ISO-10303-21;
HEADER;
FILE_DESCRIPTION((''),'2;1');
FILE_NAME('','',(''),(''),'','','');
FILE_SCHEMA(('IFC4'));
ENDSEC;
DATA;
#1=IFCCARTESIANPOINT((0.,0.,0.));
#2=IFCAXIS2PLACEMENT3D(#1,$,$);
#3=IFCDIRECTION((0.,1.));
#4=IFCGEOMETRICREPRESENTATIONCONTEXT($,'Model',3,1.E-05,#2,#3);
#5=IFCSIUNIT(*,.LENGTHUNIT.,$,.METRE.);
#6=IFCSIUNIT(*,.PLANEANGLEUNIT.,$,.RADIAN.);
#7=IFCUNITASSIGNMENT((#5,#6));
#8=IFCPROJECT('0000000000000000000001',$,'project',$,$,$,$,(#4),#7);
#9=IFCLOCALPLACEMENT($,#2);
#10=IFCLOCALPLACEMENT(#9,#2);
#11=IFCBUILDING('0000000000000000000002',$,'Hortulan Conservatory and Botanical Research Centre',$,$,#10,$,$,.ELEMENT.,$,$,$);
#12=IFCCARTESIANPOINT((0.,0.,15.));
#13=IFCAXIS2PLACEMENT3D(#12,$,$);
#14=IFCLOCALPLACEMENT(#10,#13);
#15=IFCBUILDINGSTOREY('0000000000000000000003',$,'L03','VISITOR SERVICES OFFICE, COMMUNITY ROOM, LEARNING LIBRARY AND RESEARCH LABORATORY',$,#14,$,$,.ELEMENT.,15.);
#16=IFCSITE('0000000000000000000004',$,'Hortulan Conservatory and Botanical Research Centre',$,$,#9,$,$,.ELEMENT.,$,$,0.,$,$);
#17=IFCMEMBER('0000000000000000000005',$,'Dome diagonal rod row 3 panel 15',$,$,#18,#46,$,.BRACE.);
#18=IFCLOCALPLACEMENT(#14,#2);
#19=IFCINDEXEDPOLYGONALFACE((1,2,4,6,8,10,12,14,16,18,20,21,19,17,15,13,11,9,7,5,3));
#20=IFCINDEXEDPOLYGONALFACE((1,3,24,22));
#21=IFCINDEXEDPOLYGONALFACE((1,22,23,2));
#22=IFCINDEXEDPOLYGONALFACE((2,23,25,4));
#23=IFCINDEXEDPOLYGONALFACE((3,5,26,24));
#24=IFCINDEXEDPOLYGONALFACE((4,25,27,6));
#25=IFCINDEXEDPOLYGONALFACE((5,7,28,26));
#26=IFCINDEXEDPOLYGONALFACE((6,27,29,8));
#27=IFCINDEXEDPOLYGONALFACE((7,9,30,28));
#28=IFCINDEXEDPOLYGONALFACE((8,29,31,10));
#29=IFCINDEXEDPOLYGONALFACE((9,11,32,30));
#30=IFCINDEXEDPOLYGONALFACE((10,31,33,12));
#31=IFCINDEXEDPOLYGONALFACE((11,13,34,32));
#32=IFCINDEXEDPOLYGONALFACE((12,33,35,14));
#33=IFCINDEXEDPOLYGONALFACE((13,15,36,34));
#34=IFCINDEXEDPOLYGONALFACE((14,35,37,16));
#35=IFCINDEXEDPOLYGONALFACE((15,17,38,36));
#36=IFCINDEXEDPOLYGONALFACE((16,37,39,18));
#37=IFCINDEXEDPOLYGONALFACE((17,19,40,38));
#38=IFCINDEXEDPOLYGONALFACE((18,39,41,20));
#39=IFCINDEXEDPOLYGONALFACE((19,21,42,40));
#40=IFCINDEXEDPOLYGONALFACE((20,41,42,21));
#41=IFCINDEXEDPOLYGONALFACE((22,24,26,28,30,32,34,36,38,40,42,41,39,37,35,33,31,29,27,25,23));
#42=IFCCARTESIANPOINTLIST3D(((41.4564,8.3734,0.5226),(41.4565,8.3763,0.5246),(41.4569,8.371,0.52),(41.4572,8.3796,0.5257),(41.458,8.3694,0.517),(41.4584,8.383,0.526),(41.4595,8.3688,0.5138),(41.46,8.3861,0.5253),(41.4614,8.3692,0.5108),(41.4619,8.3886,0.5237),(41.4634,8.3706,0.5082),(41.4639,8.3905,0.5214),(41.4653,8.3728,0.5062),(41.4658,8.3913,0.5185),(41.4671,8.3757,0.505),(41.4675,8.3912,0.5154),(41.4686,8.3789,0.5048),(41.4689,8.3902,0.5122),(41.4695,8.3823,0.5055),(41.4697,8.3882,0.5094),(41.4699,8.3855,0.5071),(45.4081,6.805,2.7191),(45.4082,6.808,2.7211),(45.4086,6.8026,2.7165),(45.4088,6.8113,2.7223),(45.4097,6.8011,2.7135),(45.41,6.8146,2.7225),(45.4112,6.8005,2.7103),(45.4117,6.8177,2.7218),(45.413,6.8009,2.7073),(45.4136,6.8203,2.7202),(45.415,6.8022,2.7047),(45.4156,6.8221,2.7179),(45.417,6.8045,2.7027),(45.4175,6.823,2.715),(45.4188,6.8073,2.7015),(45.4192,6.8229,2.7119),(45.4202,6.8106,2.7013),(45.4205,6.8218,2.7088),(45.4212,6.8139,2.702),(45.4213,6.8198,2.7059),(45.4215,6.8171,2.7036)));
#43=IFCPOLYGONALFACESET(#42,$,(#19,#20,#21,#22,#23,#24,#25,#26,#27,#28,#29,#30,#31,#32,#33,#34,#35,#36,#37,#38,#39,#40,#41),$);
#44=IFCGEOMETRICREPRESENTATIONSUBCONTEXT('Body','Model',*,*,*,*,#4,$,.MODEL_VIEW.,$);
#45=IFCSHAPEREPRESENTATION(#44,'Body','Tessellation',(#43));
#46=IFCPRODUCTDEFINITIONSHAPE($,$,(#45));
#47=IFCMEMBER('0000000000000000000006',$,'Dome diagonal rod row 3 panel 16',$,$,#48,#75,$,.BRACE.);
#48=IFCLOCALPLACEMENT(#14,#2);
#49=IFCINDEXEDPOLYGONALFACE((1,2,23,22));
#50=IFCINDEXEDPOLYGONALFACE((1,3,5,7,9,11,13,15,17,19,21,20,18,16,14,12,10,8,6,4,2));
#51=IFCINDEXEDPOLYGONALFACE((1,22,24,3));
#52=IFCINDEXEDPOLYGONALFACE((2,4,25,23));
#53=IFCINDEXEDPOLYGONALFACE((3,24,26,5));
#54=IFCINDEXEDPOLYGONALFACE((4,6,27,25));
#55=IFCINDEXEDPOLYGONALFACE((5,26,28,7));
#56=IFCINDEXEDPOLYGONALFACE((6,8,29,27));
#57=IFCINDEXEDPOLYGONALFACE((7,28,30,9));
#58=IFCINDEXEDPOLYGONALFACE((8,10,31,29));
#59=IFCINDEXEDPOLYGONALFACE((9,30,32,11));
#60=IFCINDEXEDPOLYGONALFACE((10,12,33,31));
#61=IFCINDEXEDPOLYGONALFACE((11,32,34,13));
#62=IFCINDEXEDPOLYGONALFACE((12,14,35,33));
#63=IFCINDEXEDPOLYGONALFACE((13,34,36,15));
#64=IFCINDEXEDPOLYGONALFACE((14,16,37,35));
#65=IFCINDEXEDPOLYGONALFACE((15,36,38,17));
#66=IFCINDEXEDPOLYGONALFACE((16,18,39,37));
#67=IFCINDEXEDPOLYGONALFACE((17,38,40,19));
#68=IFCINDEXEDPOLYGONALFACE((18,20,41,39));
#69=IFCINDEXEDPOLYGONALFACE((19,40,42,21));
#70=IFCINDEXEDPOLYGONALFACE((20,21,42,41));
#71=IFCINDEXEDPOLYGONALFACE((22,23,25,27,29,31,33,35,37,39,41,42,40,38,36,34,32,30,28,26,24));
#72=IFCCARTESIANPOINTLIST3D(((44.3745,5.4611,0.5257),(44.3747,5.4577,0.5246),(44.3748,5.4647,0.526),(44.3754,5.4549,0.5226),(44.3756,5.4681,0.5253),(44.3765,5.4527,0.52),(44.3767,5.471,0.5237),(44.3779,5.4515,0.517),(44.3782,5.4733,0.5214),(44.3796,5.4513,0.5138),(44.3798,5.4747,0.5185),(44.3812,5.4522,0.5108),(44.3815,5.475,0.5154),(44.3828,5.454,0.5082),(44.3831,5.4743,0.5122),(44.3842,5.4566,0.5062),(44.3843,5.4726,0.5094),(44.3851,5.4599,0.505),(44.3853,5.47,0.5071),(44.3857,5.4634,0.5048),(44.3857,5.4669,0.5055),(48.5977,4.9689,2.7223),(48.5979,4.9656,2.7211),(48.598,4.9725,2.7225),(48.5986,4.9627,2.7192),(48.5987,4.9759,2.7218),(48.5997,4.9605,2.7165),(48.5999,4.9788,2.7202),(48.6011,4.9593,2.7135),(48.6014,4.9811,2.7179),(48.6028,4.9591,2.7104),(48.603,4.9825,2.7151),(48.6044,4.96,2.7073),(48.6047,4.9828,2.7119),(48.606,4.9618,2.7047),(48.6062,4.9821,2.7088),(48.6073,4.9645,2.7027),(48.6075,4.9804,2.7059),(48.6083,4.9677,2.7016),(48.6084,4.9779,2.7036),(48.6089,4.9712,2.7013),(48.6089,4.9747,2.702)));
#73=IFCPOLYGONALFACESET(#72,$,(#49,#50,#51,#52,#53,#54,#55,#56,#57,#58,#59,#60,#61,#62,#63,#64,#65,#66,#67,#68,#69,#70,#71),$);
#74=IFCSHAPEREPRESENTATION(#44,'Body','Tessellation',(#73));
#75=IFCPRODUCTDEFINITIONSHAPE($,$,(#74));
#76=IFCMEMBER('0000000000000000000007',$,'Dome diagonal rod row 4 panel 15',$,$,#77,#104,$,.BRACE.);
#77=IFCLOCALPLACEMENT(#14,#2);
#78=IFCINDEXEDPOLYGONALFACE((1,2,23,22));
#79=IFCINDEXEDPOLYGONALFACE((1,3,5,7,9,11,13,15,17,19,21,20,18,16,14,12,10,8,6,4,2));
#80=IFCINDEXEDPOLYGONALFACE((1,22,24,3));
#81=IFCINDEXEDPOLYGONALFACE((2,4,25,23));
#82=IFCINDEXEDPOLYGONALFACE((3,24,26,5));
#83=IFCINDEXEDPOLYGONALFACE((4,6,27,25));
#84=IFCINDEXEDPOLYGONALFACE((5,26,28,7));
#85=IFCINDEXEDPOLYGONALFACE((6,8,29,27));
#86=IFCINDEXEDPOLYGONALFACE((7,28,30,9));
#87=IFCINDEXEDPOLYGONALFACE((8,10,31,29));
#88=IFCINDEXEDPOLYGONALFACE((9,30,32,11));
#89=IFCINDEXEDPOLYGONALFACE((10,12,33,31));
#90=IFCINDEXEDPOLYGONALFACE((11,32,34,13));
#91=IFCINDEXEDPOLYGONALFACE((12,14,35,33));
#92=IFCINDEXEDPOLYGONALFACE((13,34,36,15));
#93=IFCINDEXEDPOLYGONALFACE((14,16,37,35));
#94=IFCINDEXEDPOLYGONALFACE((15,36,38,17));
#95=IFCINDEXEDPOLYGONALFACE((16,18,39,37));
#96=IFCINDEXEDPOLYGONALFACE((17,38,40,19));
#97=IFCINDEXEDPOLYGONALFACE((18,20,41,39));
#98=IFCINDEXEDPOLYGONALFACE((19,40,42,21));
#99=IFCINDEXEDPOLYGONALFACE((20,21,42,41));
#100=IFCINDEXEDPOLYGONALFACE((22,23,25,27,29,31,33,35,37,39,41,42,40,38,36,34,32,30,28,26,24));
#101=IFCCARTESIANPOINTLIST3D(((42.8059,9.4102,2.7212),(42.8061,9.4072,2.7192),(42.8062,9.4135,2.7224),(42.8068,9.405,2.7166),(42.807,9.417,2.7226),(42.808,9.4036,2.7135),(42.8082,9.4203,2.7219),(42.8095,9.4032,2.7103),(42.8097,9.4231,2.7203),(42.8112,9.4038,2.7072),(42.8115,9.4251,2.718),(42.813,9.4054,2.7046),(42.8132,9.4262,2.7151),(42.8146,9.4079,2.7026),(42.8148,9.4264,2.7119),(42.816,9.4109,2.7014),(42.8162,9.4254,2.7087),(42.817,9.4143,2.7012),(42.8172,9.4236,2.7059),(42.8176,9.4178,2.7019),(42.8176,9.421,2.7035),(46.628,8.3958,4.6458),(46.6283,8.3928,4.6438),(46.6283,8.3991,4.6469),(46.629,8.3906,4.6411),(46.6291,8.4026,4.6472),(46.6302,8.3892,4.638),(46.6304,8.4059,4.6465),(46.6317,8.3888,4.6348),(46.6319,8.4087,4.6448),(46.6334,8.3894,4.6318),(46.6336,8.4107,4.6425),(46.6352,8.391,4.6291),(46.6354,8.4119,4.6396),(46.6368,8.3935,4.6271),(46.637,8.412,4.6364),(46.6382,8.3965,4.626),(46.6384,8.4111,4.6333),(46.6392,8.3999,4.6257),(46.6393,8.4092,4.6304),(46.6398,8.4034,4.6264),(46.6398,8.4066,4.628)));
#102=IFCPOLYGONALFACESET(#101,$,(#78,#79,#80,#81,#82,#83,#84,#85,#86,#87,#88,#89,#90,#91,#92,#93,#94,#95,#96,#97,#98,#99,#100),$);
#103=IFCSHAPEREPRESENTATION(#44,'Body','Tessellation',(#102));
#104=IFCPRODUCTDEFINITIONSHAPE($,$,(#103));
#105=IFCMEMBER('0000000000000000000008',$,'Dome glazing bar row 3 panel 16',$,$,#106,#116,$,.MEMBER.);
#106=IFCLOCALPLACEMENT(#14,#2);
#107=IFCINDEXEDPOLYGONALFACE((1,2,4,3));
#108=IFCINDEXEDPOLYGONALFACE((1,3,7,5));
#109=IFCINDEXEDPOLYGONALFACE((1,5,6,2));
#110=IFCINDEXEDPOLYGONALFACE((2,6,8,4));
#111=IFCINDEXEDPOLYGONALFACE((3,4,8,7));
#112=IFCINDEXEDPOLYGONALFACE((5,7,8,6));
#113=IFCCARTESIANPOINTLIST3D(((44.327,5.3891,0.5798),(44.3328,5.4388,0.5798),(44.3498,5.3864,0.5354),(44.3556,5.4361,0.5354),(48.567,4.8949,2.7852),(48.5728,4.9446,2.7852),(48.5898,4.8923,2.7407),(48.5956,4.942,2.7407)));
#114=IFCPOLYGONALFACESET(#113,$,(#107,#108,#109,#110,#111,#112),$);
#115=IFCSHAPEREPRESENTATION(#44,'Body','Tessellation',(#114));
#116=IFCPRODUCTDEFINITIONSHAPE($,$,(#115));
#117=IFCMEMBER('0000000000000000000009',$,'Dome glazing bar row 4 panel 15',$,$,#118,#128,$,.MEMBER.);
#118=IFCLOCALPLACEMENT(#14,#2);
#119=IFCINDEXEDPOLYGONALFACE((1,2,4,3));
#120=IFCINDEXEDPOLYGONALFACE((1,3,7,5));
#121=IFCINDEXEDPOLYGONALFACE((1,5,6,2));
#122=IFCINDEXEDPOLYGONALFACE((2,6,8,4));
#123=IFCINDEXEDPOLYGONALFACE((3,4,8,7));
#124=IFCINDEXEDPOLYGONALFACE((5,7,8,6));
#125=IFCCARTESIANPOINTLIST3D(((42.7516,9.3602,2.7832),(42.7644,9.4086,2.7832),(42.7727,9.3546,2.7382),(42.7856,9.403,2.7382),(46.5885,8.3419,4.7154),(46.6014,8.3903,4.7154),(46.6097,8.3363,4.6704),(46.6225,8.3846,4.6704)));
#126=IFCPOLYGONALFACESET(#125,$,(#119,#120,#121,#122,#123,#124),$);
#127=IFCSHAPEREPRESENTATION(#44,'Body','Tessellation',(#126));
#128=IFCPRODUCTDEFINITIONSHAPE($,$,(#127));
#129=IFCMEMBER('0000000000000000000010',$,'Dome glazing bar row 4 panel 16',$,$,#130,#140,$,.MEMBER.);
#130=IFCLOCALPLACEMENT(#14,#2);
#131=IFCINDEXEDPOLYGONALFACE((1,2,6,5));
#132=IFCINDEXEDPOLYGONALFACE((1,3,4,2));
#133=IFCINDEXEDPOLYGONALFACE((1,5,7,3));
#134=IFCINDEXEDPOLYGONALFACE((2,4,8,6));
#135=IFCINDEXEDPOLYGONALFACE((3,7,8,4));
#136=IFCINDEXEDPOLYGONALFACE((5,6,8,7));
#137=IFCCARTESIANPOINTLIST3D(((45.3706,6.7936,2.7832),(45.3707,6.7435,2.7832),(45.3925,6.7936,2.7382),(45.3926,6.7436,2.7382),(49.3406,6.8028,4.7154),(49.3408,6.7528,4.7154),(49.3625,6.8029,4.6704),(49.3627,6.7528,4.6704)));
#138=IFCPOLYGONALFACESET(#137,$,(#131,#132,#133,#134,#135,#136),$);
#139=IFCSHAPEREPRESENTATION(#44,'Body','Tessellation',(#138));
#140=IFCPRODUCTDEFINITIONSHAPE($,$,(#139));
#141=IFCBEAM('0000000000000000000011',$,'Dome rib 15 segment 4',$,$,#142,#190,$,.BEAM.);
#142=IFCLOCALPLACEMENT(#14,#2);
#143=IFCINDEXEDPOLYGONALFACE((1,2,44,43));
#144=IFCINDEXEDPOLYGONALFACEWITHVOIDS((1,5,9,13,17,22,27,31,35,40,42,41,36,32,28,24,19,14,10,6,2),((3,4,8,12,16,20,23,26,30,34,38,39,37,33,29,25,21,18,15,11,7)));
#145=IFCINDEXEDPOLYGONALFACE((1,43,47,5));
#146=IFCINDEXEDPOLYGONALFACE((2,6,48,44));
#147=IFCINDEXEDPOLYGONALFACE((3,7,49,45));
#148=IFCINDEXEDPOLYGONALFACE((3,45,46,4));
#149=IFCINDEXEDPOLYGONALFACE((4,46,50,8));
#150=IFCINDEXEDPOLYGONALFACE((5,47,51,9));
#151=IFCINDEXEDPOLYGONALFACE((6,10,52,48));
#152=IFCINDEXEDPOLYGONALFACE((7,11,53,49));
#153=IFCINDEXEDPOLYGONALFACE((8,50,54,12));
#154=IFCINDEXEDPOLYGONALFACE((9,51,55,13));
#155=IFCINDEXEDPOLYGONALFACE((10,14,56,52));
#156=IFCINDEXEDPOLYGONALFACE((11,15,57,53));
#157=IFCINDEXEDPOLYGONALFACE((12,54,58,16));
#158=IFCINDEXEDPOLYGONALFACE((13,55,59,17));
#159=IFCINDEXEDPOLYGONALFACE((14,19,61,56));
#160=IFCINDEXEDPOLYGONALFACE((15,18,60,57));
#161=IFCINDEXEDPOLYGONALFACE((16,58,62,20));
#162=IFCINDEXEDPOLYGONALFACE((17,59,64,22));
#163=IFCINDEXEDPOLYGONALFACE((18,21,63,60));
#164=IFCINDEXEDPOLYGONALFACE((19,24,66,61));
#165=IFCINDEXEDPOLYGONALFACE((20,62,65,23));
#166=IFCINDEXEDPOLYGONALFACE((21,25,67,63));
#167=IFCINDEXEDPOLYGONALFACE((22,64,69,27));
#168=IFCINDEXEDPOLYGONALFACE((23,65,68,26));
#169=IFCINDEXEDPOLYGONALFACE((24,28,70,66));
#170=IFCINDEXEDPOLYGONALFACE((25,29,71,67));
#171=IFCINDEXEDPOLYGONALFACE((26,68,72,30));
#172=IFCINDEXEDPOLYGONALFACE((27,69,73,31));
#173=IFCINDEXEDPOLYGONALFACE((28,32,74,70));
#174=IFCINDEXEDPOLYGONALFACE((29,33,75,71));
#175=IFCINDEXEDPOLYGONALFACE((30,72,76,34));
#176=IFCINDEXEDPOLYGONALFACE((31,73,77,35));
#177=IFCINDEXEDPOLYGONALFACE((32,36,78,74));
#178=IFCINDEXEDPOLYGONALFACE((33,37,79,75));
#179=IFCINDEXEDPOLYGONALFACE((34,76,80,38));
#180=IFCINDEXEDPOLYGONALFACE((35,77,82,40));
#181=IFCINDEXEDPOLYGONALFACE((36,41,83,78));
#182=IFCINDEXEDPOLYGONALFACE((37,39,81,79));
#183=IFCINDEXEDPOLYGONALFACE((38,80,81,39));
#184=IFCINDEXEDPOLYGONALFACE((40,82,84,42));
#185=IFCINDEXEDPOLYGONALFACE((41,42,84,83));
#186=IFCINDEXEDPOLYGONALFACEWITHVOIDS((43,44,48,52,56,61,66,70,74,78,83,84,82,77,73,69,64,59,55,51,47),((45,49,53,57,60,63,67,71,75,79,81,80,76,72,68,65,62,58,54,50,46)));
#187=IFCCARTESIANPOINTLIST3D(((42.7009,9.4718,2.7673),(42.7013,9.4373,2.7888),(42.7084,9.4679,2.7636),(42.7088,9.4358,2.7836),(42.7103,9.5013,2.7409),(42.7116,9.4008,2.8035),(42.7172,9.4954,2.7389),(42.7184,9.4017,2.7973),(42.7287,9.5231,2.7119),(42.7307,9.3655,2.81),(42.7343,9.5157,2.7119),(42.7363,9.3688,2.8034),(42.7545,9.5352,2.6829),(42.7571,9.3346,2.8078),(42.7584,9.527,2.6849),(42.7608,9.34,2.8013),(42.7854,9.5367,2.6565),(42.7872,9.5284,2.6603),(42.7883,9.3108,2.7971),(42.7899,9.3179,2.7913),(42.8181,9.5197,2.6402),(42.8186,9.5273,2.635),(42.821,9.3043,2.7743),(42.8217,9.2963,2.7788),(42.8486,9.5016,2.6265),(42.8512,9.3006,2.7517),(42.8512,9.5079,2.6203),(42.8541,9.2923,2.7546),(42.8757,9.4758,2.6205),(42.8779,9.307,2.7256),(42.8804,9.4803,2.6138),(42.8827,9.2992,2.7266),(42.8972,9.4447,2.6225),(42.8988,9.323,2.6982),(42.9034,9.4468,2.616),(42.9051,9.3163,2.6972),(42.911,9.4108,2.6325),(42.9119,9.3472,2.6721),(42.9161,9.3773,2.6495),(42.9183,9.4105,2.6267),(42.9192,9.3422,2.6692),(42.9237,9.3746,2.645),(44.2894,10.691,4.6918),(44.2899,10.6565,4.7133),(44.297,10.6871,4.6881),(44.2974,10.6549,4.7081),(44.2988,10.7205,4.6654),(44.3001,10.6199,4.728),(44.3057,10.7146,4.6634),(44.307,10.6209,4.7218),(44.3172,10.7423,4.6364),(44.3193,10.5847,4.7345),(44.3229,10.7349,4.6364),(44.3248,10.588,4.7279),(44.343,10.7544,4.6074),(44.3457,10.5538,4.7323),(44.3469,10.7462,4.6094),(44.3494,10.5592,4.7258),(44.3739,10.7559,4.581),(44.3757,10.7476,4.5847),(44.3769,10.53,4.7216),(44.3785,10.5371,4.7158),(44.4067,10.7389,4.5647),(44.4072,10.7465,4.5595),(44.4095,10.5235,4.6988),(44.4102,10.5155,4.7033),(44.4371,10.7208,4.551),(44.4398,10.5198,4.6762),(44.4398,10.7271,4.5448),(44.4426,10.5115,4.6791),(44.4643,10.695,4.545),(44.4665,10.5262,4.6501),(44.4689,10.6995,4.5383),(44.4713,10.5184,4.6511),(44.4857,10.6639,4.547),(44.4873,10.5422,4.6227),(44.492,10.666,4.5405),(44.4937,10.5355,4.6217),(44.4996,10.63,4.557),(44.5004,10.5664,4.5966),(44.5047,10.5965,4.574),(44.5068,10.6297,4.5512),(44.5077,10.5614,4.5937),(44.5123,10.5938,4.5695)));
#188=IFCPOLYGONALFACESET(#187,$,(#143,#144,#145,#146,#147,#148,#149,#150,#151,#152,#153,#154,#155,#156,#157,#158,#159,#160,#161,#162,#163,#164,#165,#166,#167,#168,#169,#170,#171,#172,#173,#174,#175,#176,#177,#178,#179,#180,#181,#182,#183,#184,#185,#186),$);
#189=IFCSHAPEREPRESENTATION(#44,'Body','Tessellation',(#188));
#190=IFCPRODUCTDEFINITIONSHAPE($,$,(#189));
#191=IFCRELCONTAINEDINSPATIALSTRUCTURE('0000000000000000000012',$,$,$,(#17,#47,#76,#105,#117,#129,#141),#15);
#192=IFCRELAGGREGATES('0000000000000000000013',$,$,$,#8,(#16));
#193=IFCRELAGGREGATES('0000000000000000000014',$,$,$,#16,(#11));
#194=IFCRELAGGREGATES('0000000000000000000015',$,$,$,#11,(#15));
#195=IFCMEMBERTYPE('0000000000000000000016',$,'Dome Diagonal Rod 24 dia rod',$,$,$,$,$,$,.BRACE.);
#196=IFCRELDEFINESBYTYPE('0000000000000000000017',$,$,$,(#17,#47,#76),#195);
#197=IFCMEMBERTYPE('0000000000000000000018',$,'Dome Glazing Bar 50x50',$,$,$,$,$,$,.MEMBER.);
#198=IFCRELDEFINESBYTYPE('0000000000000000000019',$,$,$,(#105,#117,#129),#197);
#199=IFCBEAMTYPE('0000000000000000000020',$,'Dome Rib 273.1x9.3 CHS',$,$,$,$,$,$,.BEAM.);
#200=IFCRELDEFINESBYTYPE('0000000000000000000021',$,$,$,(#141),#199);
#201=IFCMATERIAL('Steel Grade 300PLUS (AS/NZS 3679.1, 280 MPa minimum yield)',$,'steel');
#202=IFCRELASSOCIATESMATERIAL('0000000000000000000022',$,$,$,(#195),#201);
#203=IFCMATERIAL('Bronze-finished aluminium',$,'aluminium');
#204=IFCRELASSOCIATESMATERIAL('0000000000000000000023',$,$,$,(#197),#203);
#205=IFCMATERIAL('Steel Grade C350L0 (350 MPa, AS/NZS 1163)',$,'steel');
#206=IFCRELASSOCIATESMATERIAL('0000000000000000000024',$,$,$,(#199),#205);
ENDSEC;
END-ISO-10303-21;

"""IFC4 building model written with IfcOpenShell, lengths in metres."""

from ifc_helpers import new_model, si_unit, direction, frame, origin, origin_2d, place, context, subcontext, project, spatial, rectangle, circle, hollow_circle, extrude, material, material_profile, profile_set, type_object, element, save


model = new_model("IFC4")

# Units and contexts
model_context = context("Model", 3, precision=1e-05, world=origin(), true_north=direction((0.0, 1.0)))
body_context = subcontext(model_context, "Body", "Model", "MODEL_VIEW")
ifc_project = project(units=[si_unit("LENGTHUNIT", "METRE"), si_unit("PLANEANGLEUNIT", "RADIAN")], contexts=[model_context])

# Site, building, storey
site_placement = place(None, origin())
site = spatial("IfcSite", under=ifc_project, at=site_placement, Name="Hortulan Conservatory and Botanical Research Centre", CompositionType="ELEMENT", RefElevation=0.0)
building_placement = place(site_placement, origin())
building = spatial("IfcBuilding", under=site, at=building_placement, Name="Hortulan Conservatory and Botanical Research Centre", CompositionType="ELEMENT")
storey_placement = place(building_placement, frame((0.0, 0.0, 15.0)))
storey = spatial("IfcBuildingStorey", under=building, at=storey_placement, Name="L03", Description="VISITOR SERVICES OFFICE, COMMUNITY ROOM, LEARNING LIBRARY AND RESEARCH LABORATORY", CompositionType="ELEMENT", Elevation=15.0)

# Members
ifc_material_1 = material(Name="Steel Grade 300PLUS (AS/NZS 3679.1, 280 MPa minimum yield)", Category="steel")
ifc_material_profile_1 = material_profile(ifc_material_1, circle(Radius=0.012, at=origin_2d()), Name="24 dia rod")
ifc_profile_set_1 = profile_set([ifc_material_profile_1], Name="Steel Grade 300PLUS (AS/NZS 3679.1, 280 MPa minimum yield)")
member_type_1 = type_object("IfcMemberType", Name="Dome Diagonal Rod 24 dia rod", PredefinedType="BRACE", material=ifc_profile_set_1)
member_1_placement = place(storey_placement, frame((41.4631, 8.3801, 0.5154), z_axis=(0.825773, -0.327738, 0.459006), x_axis=(0.368894, 0.929471, 0.0)))
element("IfcMember", 1, at=member_1_placement, inside=storey, type_object=member_type_1, Name="Dome diagonal rod row 3 panel 15", PredefinedType="BRACE", context=body_context, shape_type="SweptSolid", body=[
    extrude(circle(Radius=0.012, at=origin_2d()), origin(), (0.0, 0.0, 1.0), 4.7854),
])
member_2_placement = place(storey_placement, frame((44.3801, 5.4631, 0.5154), z_axis=(0.882469, -0.102848, 0.458988), x_axis=(0.115762, 0.993277, 0.0)))
element("IfcMember", 2, at=member_2_placement, inside=storey, type_object=member_type_1, Name="Dome diagonal rod row 3 panel 16", PredefinedType="BRACE", context=body_context, shape_type="SweptSolid", body=[
    extrude(circle(Radius=0.012, at=origin_2d()), origin(), (0.0, 0.0, 1.0), 4.7856),
])
member_3_placement = place(storey_placement, frame((42.8118, 9.4148, 2.7119), z_axis=(0.869086, -0.23065, 0.437596), x_axis=(0.256514, 0.966541, 0.0)))
element("IfcMember", 3, at=member_3_placement, inside=storey, type_object=member_type_1, Name="Dome diagonal rod row 4 panel 15", PredefinedType="BRACE", context=body_context, shape_type="SweptSolid", body=[
    extrude(circle(Radius=0.012, at=origin_2d()), origin(), (0.0, 0.0, 1.0), 4.3979),
])
ifc_material_2 = material(Name="Bronze-finished aluminium", Category="aluminium")
ifc_material_profile_2 = material_profile(ifc_material_2, rectangle(XDim=0.05, YDim=0.05, at=origin_2d()), Name="Square bar 50x50")
ifc_profile_set_2 = profile_set([ifc_material_profile_2], Name="Bronze-finished aluminium")
member_type_2 = type_object("IfcMemberType", Name="Dome Glazing Bar 50x50", PredefinedType="MEMBER", material=ifc_profile_set_2)
member_4_placement = place(storey_placement, frame((44.3413, 5.4126, 0.5576), z_axis=(0.882467, -0.102845, 0.458993), x_axis=(0.115759, 0.993277, 0.0)))
element("IfcMember", 4, at=member_4_placement, inside=storey, type_object=member_type_2, Name="Dome glazing bar row 3 panel 16", PredefinedType="MEMBER", context=body_context, shape_type="SweptSolid", body=[
    extrude(rectangle(XDim=0.05, YDim=0.05, at=origin_2d()), origin(), (0.0, 0.0, 1.0), 4.8047),
])
member_5_placement = place(storey_placement, frame((42.7686, 9.3816, 2.7607), z_axis=(0.869068, -0.230649, 0.437631), x_axis=(0.256518, 0.966539, 0.0)))
element("IfcMember", 5, at=member_5_placement, inside=storey, type_object=member_type_2, Name="Dome glazing bar row 4 panel 15", PredefinedType="MEMBER", context=body_context, shape_type="SweptSolid", body=[
    extrude(rectangle(XDim=0.05, YDim=0.05, at=origin_2d()), origin(), (0.0, 0.0, 1.0), 4.415),
])
member_6_placement = place(storey_placement, frame((45.3816, 6.7686, 2.7607), z_axis=(0.899163, 0.002101, 0.43761), x_axis=(-0.002337, 0.999997, 0.0)))
element("IfcMember", 6, at=member_6_placement, inside=storey, type_object=member_type_2, Name="Dome glazing bar row 4 panel 16", PredefinedType="MEMBER", context=body_context, shape_type="SweptSolid", body=[
    extrude(rectangle(XDim=0.05, YDim=0.05, at=origin_2d()), origin(), (0.0, 0.0, 1.0), 4.4153),
])

# Beam
ifc_material_3 = material(Name="Steel Grade C350L0 (350 MPa, AS/NZS 1163)", Category="steel")
ifc_material_profile_3 = material_profile(ifc_material_3, hollow_circle(Radius=0.1365, WallThickness=0.0093, at=origin_2d()), Name="273.1x9.3CHS")
ifc_profile_set_3 = profile_set([ifc_material_profile_3], Name="Steel Grade C350L0 (350 MPa, AS/NZS 1163)")
beam_type = type_object("IfcBeamType", Name="Dome Rib 273.1x9.3 CHS", PredefinedType="BEAM", material=ifc_profile_set_3)
for number, where, z_axis, x_axis, name in (
    (7, (42.8118, 9.4148, 2.7119), (0.571973, 0.438978, 0.692925), (-0.608838, 0.793294, 0.0), "Dome rib 15 segment 4"),
):
    element("IfcBeam", number, at=place(storey_placement, frame(where, z_axis=z_axis, x_axis=x_axis)), inside=storey, type_object=beam_type, Name=name, PredefinedType="BEAM", context=body_context, shape_type="SweptSolid", body=[
        extrude(hollow_circle(Radius=0.1365, WallThickness=0.0093, at=origin_2d()), origin(), (0.0, 0.0, 1.0), 2.7773),
    ])

save(model, "model.ifc")
